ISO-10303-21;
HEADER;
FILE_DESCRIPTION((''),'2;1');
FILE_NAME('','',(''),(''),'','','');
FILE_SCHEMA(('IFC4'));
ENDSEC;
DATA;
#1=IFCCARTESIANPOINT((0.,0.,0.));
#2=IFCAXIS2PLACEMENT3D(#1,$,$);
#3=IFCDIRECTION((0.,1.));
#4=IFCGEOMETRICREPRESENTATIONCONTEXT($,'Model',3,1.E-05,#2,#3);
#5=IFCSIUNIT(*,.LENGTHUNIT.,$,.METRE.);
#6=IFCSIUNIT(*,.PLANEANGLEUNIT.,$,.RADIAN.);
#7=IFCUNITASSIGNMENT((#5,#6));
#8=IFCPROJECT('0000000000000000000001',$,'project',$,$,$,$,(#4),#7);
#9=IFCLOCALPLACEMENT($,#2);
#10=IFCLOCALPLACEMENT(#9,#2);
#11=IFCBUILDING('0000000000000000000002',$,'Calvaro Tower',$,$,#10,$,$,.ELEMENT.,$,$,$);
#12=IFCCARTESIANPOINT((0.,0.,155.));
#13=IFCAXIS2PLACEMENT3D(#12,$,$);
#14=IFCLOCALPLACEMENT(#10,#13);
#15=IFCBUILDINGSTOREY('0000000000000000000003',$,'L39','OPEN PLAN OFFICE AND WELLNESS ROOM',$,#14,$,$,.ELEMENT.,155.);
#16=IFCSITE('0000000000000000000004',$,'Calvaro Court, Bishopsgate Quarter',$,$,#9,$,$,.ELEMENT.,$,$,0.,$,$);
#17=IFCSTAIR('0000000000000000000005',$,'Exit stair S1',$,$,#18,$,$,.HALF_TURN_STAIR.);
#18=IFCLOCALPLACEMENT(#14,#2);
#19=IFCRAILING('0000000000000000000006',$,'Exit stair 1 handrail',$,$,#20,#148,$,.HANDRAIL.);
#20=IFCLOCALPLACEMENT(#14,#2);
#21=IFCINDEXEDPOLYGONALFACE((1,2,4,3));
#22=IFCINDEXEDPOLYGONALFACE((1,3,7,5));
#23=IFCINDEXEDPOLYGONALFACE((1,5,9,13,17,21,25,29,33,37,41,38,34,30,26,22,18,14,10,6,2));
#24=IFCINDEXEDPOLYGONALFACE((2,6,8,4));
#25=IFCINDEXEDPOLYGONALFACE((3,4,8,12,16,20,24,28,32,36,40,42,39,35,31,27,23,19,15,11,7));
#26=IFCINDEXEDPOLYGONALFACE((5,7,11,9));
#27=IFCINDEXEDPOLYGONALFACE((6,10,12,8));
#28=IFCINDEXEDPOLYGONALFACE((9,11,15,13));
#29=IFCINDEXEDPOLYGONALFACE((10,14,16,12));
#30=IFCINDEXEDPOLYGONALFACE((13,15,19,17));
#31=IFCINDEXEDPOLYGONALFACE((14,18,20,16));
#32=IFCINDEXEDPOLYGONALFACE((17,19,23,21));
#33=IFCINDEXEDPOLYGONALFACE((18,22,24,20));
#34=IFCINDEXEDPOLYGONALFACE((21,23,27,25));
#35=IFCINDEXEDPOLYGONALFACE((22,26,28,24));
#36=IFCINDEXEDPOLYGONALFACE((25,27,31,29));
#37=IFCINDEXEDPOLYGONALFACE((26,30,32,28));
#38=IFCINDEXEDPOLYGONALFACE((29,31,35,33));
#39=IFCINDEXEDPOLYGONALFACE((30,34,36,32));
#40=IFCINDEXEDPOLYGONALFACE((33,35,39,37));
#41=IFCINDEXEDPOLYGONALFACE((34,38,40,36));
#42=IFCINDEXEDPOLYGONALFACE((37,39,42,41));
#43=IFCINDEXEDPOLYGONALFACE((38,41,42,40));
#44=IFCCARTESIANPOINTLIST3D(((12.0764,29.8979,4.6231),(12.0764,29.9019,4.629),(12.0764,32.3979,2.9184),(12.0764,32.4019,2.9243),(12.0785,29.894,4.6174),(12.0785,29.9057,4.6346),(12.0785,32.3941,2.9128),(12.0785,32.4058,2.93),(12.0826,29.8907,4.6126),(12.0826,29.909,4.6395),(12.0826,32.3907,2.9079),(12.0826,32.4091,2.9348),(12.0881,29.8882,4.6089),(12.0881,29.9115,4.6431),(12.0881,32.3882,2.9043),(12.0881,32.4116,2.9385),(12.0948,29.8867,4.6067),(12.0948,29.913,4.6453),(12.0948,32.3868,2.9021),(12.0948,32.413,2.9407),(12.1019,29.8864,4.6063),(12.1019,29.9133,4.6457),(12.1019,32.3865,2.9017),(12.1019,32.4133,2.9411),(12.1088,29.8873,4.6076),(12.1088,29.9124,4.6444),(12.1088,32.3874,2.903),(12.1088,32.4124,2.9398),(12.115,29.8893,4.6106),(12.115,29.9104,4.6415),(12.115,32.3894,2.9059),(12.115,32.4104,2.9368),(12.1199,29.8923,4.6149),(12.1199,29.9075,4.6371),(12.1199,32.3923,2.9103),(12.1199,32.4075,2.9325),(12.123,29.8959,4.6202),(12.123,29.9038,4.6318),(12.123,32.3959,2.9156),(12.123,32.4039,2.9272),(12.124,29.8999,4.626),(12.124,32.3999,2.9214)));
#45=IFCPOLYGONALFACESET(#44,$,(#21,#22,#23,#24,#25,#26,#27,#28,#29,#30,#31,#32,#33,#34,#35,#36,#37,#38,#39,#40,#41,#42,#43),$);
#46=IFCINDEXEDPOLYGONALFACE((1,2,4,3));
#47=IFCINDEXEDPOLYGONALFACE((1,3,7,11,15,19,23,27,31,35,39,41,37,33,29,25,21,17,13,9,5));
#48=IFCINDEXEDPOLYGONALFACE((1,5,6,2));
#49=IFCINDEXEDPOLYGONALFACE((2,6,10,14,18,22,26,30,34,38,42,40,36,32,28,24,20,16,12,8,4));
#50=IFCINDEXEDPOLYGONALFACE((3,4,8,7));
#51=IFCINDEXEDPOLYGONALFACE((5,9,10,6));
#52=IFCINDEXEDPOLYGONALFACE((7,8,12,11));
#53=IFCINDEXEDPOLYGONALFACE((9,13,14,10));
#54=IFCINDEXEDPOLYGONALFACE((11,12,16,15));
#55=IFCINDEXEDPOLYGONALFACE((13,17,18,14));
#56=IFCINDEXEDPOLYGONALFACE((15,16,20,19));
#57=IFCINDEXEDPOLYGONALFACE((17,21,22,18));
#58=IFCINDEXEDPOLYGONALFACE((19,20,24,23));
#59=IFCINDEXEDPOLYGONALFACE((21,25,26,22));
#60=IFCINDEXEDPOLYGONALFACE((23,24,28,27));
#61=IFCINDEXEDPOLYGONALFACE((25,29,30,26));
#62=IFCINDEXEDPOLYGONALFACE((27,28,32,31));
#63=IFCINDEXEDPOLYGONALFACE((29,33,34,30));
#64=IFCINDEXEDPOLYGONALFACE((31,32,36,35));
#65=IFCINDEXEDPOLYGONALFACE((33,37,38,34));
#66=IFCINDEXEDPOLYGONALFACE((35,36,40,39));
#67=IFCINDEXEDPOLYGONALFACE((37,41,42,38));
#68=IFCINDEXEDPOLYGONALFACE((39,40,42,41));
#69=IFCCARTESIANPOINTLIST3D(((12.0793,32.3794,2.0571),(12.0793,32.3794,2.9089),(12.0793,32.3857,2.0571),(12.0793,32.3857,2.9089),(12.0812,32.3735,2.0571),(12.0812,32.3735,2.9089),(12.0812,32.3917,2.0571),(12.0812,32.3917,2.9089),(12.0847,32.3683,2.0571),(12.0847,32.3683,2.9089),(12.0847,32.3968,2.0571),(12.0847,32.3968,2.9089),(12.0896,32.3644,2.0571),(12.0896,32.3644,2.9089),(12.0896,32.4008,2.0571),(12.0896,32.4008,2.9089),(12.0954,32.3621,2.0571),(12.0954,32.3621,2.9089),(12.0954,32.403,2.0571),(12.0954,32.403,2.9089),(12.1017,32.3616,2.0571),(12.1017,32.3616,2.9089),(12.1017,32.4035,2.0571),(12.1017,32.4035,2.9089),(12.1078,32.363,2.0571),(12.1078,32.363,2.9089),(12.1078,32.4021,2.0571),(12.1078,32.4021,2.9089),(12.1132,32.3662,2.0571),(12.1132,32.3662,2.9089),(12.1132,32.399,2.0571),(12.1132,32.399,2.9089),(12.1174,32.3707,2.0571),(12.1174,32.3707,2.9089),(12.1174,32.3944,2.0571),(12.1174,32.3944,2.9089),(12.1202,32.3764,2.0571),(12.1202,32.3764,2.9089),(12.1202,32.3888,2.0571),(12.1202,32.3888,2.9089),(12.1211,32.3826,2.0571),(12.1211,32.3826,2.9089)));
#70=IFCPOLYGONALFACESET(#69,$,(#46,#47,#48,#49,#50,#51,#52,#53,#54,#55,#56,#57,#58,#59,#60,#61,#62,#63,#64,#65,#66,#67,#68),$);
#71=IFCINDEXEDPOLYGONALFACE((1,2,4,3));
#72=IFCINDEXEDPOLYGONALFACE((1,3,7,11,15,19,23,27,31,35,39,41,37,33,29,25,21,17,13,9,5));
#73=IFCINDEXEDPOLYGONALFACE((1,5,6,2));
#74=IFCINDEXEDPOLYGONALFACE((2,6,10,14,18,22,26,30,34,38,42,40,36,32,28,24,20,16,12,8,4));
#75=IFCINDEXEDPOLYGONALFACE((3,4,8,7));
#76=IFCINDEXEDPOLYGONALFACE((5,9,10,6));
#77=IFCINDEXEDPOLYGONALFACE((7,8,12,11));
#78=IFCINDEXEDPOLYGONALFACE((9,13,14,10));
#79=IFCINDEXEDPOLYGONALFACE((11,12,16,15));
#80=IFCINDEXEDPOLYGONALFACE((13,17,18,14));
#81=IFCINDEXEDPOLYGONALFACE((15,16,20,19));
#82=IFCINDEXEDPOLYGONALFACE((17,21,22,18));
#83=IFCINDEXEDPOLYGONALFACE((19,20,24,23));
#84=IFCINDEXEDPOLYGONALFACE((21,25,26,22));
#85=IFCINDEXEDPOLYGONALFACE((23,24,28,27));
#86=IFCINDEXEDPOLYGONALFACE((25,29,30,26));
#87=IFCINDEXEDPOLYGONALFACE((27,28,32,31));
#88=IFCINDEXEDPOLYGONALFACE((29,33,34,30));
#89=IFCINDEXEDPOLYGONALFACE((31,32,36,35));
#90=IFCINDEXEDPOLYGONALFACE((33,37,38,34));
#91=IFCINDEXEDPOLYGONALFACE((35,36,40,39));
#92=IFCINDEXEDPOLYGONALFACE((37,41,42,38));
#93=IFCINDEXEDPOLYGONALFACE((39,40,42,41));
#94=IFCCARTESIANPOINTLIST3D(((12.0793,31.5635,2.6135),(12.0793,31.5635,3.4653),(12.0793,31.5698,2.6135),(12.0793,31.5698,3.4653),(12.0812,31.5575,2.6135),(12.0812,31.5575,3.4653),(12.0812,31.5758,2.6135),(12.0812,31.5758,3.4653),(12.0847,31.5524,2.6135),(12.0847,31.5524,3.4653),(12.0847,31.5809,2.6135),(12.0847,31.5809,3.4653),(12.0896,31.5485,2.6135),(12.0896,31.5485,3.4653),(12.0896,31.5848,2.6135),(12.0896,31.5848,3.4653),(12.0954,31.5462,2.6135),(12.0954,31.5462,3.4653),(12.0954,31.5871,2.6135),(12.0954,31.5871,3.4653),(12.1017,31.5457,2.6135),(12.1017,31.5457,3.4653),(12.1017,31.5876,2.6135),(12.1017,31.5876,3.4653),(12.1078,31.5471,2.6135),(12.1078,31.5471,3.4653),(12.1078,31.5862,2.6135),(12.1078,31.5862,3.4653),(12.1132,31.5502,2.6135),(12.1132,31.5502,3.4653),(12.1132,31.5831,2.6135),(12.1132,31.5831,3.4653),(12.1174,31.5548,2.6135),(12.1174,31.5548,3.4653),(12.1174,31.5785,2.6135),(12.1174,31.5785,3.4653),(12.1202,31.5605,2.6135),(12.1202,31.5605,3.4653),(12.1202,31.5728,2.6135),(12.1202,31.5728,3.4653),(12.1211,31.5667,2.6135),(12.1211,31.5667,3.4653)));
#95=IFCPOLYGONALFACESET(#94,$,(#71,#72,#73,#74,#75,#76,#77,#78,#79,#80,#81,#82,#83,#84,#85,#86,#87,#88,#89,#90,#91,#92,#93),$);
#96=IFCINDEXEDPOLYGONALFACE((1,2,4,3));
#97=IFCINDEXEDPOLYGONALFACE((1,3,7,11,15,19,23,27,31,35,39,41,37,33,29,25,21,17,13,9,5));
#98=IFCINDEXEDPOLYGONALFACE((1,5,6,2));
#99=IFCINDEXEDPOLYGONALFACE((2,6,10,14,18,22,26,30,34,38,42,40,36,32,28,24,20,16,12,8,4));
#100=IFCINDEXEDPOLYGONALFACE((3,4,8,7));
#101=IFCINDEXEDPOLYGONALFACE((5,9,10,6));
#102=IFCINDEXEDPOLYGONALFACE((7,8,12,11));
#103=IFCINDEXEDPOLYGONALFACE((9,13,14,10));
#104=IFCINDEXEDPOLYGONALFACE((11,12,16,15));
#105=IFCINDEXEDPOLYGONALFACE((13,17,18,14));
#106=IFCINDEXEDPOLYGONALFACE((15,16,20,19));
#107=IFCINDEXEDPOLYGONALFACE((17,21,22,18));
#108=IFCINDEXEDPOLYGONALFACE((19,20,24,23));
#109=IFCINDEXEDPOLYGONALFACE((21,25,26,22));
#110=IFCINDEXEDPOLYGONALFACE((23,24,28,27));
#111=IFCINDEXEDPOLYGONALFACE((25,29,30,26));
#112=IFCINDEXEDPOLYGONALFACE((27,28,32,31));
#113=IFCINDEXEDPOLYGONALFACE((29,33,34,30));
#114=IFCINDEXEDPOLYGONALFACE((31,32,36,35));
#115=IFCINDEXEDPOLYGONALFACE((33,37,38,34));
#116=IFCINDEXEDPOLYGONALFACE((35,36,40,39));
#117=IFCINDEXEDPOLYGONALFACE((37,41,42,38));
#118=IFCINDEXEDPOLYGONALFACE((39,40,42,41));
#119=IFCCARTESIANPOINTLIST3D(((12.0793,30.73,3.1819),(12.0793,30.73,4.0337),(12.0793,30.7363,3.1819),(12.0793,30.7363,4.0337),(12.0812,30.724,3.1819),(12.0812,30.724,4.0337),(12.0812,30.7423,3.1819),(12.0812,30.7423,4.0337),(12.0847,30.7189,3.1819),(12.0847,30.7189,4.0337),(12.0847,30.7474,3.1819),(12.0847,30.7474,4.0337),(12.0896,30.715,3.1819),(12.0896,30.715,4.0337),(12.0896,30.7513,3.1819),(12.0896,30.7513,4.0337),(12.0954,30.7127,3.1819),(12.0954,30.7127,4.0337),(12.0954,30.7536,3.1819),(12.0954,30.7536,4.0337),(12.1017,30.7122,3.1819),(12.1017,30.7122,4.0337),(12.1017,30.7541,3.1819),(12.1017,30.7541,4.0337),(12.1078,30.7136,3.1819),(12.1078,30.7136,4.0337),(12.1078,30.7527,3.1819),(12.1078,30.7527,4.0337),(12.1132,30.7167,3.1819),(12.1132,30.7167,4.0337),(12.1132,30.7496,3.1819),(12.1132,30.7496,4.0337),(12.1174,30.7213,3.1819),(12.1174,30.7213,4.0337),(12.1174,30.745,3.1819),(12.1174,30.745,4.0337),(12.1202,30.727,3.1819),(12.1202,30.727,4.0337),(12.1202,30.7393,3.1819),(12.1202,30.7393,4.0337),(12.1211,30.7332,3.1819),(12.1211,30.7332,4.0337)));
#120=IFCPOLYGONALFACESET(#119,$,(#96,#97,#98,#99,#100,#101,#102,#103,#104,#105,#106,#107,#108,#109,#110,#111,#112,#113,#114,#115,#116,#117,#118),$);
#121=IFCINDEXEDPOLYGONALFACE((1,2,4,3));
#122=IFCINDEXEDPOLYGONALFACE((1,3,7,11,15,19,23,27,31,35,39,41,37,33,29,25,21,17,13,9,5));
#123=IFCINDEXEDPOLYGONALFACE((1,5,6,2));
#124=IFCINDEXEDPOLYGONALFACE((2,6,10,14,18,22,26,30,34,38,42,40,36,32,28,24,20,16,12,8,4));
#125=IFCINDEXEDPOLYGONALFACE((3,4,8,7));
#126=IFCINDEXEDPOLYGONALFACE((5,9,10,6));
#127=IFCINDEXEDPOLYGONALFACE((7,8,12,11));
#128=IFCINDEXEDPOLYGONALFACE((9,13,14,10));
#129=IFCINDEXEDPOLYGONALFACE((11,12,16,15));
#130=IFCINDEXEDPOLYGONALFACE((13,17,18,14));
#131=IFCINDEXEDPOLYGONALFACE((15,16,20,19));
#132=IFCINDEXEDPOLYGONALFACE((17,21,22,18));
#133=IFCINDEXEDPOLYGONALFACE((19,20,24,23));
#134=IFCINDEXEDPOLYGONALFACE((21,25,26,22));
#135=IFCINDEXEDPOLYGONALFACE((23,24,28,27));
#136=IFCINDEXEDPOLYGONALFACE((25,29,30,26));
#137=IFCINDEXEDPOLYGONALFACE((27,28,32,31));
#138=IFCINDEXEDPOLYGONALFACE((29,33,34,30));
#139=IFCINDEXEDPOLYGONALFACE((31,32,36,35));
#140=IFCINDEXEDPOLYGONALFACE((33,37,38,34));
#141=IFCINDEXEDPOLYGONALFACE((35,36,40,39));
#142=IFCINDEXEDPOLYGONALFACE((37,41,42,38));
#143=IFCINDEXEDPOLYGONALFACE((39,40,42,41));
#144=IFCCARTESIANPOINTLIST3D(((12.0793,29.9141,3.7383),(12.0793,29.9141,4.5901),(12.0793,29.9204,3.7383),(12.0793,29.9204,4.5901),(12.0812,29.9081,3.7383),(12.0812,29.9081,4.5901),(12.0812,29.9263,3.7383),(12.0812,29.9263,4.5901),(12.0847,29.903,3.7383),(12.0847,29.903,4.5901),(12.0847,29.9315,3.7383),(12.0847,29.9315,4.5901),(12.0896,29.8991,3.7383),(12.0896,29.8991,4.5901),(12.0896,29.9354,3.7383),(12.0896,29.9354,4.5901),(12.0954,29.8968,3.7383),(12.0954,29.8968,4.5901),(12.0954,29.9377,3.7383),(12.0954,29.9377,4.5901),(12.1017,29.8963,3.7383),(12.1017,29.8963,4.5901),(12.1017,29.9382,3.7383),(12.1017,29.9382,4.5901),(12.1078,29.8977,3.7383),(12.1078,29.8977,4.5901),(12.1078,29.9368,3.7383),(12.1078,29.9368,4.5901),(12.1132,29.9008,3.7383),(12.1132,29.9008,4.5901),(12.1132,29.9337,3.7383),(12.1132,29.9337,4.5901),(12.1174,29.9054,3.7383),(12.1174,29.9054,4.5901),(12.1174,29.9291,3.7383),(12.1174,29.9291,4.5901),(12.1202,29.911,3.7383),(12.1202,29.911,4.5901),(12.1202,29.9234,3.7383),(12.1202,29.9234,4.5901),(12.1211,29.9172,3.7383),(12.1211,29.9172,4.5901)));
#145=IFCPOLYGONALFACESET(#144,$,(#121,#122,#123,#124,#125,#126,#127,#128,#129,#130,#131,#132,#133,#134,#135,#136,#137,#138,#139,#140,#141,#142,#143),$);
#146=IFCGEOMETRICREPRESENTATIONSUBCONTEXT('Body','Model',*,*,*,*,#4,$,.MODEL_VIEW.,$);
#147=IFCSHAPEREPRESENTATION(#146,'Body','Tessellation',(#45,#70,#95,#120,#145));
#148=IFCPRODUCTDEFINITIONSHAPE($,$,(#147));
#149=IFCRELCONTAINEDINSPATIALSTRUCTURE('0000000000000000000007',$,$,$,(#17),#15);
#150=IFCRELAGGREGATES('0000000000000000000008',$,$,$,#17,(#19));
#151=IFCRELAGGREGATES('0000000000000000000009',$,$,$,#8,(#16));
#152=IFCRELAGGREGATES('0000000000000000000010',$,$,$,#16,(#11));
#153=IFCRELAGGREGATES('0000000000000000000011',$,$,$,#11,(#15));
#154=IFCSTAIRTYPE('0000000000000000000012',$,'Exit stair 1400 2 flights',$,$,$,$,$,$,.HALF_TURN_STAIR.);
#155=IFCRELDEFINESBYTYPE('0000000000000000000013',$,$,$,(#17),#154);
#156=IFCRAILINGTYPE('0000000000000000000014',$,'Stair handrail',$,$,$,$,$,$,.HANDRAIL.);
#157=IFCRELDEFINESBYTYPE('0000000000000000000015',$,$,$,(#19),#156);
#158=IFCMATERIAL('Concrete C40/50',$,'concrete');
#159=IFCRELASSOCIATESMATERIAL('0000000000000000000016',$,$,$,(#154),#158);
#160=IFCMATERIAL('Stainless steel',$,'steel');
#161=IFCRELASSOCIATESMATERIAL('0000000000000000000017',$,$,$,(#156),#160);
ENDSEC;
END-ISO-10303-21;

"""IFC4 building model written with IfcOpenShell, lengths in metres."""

from ifc_helpers import new_model, si_unit, direction, frame, origin, origin_2d, place, context, subcontext, project, spatial, circle, extrude, material, type_object, element, aggregate, save


model = new_model("IFC4")

# Units and contexts
model_context = context("Model", 3, precision=1e-05, world=origin(), true_north=direction((0.0, 1.0)))
body_context = subcontext(model_context, "Body", "Model", "MODEL_VIEW")
ifc_project = project(units=[si_unit("LENGTHUNIT", "METRE"), si_unit("PLANEANGLEUNIT", "RADIAN")], contexts=[model_context])

# Site, building, storey
site_placement = place(None, origin())
site = spatial("IfcSite", under=ifc_project, at=site_placement, Name="Calvaro Court, Bishopsgate Quarter", CompositionType="ELEMENT", RefElevation=0.0)
building_placement = place(site_placement, origin())
building = spatial("IfcBuilding", under=site, at=building_placement, Name="Calvaro Tower", CompositionType="ELEMENT")
storey_placement = place(building_placement, frame((0.0, 0.0, 155.0)))
storey = spatial("IfcBuildingStorey", under=building, at=storey_placement, Name="L39", Description="OPEN PLAN OFFICE AND WELLNESS ROOM", CompositionType="ELEMENT", Elevation=155.0)

# Stair, railing
ifc_material_1 = material(Name="Concrete C40/50", Category="concrete")
stair_type = type_object("IfcStairType", Name="Exit stair 1400 2 flights", PredefinedType="HALF_TURN_STAIR", material=ifc_material_1)
stair_placement = place(storey_placement, origin())
stair = element("IfcStair", 1, at=stair_placement, inside=storey, type_object=stair_type, Name="Exit stair S1", PredefinedType="HALF_TURN_STAIR")
ifc_material_2 = material(Name="Stainless steel", Category="steel")
railing_type = type_object("IfcRailingType", Name="Stair handrail", PredefinedType="HANDRAIL", material=ifc_material_2)
railing_1_placement = place(storey_placement, frame((12.1001, 32.3999, 2.0454)))
railing_1 = element("IfcRailing", 2, at=railing_1_placement, type_object=railing_type, Name="Exit stair 1 handrail", PredefinedType="HANDRAIL", context=body_context, shape_type="SweptSolid", body=[
    extrude(circle(Radius=0.0239, at=origin_2d()), frame((0.0, 0.0, 0.876), z_axis=(0.0, -0.826221, 0.563347), x_axis=(1.0, 0.0, 0.0)), (0.0, 0.0, 1.0), 3.0259),
    extrude(circle(Radius=0.021, at=origin_2d()), frame((0.0, -0.0173, 0.0117)), (0.0, 0.0, 1.0), 0.8518),
    extrude(circle(Radius=0.021, at=origin_2d()), frame((0.0, -0.8333, 0.5681)), (0.0, 0.0, 1.0), 0.8518),
    extrude(circle(Radius=0.021, at=origin_2d()), frame((0.0, -1.6667, 1.1365)), (0.0, 0.0, 1.0), 0.8518),
    extrude(circle(Radius=0.021, at=origin_2d()), frame((0.0, -2.4827, 1.6929)), (0.0, 0.0, 1.0), 0.8518),
])
aggregate(stair, [railing_1])

save(model, "model.ifc")
